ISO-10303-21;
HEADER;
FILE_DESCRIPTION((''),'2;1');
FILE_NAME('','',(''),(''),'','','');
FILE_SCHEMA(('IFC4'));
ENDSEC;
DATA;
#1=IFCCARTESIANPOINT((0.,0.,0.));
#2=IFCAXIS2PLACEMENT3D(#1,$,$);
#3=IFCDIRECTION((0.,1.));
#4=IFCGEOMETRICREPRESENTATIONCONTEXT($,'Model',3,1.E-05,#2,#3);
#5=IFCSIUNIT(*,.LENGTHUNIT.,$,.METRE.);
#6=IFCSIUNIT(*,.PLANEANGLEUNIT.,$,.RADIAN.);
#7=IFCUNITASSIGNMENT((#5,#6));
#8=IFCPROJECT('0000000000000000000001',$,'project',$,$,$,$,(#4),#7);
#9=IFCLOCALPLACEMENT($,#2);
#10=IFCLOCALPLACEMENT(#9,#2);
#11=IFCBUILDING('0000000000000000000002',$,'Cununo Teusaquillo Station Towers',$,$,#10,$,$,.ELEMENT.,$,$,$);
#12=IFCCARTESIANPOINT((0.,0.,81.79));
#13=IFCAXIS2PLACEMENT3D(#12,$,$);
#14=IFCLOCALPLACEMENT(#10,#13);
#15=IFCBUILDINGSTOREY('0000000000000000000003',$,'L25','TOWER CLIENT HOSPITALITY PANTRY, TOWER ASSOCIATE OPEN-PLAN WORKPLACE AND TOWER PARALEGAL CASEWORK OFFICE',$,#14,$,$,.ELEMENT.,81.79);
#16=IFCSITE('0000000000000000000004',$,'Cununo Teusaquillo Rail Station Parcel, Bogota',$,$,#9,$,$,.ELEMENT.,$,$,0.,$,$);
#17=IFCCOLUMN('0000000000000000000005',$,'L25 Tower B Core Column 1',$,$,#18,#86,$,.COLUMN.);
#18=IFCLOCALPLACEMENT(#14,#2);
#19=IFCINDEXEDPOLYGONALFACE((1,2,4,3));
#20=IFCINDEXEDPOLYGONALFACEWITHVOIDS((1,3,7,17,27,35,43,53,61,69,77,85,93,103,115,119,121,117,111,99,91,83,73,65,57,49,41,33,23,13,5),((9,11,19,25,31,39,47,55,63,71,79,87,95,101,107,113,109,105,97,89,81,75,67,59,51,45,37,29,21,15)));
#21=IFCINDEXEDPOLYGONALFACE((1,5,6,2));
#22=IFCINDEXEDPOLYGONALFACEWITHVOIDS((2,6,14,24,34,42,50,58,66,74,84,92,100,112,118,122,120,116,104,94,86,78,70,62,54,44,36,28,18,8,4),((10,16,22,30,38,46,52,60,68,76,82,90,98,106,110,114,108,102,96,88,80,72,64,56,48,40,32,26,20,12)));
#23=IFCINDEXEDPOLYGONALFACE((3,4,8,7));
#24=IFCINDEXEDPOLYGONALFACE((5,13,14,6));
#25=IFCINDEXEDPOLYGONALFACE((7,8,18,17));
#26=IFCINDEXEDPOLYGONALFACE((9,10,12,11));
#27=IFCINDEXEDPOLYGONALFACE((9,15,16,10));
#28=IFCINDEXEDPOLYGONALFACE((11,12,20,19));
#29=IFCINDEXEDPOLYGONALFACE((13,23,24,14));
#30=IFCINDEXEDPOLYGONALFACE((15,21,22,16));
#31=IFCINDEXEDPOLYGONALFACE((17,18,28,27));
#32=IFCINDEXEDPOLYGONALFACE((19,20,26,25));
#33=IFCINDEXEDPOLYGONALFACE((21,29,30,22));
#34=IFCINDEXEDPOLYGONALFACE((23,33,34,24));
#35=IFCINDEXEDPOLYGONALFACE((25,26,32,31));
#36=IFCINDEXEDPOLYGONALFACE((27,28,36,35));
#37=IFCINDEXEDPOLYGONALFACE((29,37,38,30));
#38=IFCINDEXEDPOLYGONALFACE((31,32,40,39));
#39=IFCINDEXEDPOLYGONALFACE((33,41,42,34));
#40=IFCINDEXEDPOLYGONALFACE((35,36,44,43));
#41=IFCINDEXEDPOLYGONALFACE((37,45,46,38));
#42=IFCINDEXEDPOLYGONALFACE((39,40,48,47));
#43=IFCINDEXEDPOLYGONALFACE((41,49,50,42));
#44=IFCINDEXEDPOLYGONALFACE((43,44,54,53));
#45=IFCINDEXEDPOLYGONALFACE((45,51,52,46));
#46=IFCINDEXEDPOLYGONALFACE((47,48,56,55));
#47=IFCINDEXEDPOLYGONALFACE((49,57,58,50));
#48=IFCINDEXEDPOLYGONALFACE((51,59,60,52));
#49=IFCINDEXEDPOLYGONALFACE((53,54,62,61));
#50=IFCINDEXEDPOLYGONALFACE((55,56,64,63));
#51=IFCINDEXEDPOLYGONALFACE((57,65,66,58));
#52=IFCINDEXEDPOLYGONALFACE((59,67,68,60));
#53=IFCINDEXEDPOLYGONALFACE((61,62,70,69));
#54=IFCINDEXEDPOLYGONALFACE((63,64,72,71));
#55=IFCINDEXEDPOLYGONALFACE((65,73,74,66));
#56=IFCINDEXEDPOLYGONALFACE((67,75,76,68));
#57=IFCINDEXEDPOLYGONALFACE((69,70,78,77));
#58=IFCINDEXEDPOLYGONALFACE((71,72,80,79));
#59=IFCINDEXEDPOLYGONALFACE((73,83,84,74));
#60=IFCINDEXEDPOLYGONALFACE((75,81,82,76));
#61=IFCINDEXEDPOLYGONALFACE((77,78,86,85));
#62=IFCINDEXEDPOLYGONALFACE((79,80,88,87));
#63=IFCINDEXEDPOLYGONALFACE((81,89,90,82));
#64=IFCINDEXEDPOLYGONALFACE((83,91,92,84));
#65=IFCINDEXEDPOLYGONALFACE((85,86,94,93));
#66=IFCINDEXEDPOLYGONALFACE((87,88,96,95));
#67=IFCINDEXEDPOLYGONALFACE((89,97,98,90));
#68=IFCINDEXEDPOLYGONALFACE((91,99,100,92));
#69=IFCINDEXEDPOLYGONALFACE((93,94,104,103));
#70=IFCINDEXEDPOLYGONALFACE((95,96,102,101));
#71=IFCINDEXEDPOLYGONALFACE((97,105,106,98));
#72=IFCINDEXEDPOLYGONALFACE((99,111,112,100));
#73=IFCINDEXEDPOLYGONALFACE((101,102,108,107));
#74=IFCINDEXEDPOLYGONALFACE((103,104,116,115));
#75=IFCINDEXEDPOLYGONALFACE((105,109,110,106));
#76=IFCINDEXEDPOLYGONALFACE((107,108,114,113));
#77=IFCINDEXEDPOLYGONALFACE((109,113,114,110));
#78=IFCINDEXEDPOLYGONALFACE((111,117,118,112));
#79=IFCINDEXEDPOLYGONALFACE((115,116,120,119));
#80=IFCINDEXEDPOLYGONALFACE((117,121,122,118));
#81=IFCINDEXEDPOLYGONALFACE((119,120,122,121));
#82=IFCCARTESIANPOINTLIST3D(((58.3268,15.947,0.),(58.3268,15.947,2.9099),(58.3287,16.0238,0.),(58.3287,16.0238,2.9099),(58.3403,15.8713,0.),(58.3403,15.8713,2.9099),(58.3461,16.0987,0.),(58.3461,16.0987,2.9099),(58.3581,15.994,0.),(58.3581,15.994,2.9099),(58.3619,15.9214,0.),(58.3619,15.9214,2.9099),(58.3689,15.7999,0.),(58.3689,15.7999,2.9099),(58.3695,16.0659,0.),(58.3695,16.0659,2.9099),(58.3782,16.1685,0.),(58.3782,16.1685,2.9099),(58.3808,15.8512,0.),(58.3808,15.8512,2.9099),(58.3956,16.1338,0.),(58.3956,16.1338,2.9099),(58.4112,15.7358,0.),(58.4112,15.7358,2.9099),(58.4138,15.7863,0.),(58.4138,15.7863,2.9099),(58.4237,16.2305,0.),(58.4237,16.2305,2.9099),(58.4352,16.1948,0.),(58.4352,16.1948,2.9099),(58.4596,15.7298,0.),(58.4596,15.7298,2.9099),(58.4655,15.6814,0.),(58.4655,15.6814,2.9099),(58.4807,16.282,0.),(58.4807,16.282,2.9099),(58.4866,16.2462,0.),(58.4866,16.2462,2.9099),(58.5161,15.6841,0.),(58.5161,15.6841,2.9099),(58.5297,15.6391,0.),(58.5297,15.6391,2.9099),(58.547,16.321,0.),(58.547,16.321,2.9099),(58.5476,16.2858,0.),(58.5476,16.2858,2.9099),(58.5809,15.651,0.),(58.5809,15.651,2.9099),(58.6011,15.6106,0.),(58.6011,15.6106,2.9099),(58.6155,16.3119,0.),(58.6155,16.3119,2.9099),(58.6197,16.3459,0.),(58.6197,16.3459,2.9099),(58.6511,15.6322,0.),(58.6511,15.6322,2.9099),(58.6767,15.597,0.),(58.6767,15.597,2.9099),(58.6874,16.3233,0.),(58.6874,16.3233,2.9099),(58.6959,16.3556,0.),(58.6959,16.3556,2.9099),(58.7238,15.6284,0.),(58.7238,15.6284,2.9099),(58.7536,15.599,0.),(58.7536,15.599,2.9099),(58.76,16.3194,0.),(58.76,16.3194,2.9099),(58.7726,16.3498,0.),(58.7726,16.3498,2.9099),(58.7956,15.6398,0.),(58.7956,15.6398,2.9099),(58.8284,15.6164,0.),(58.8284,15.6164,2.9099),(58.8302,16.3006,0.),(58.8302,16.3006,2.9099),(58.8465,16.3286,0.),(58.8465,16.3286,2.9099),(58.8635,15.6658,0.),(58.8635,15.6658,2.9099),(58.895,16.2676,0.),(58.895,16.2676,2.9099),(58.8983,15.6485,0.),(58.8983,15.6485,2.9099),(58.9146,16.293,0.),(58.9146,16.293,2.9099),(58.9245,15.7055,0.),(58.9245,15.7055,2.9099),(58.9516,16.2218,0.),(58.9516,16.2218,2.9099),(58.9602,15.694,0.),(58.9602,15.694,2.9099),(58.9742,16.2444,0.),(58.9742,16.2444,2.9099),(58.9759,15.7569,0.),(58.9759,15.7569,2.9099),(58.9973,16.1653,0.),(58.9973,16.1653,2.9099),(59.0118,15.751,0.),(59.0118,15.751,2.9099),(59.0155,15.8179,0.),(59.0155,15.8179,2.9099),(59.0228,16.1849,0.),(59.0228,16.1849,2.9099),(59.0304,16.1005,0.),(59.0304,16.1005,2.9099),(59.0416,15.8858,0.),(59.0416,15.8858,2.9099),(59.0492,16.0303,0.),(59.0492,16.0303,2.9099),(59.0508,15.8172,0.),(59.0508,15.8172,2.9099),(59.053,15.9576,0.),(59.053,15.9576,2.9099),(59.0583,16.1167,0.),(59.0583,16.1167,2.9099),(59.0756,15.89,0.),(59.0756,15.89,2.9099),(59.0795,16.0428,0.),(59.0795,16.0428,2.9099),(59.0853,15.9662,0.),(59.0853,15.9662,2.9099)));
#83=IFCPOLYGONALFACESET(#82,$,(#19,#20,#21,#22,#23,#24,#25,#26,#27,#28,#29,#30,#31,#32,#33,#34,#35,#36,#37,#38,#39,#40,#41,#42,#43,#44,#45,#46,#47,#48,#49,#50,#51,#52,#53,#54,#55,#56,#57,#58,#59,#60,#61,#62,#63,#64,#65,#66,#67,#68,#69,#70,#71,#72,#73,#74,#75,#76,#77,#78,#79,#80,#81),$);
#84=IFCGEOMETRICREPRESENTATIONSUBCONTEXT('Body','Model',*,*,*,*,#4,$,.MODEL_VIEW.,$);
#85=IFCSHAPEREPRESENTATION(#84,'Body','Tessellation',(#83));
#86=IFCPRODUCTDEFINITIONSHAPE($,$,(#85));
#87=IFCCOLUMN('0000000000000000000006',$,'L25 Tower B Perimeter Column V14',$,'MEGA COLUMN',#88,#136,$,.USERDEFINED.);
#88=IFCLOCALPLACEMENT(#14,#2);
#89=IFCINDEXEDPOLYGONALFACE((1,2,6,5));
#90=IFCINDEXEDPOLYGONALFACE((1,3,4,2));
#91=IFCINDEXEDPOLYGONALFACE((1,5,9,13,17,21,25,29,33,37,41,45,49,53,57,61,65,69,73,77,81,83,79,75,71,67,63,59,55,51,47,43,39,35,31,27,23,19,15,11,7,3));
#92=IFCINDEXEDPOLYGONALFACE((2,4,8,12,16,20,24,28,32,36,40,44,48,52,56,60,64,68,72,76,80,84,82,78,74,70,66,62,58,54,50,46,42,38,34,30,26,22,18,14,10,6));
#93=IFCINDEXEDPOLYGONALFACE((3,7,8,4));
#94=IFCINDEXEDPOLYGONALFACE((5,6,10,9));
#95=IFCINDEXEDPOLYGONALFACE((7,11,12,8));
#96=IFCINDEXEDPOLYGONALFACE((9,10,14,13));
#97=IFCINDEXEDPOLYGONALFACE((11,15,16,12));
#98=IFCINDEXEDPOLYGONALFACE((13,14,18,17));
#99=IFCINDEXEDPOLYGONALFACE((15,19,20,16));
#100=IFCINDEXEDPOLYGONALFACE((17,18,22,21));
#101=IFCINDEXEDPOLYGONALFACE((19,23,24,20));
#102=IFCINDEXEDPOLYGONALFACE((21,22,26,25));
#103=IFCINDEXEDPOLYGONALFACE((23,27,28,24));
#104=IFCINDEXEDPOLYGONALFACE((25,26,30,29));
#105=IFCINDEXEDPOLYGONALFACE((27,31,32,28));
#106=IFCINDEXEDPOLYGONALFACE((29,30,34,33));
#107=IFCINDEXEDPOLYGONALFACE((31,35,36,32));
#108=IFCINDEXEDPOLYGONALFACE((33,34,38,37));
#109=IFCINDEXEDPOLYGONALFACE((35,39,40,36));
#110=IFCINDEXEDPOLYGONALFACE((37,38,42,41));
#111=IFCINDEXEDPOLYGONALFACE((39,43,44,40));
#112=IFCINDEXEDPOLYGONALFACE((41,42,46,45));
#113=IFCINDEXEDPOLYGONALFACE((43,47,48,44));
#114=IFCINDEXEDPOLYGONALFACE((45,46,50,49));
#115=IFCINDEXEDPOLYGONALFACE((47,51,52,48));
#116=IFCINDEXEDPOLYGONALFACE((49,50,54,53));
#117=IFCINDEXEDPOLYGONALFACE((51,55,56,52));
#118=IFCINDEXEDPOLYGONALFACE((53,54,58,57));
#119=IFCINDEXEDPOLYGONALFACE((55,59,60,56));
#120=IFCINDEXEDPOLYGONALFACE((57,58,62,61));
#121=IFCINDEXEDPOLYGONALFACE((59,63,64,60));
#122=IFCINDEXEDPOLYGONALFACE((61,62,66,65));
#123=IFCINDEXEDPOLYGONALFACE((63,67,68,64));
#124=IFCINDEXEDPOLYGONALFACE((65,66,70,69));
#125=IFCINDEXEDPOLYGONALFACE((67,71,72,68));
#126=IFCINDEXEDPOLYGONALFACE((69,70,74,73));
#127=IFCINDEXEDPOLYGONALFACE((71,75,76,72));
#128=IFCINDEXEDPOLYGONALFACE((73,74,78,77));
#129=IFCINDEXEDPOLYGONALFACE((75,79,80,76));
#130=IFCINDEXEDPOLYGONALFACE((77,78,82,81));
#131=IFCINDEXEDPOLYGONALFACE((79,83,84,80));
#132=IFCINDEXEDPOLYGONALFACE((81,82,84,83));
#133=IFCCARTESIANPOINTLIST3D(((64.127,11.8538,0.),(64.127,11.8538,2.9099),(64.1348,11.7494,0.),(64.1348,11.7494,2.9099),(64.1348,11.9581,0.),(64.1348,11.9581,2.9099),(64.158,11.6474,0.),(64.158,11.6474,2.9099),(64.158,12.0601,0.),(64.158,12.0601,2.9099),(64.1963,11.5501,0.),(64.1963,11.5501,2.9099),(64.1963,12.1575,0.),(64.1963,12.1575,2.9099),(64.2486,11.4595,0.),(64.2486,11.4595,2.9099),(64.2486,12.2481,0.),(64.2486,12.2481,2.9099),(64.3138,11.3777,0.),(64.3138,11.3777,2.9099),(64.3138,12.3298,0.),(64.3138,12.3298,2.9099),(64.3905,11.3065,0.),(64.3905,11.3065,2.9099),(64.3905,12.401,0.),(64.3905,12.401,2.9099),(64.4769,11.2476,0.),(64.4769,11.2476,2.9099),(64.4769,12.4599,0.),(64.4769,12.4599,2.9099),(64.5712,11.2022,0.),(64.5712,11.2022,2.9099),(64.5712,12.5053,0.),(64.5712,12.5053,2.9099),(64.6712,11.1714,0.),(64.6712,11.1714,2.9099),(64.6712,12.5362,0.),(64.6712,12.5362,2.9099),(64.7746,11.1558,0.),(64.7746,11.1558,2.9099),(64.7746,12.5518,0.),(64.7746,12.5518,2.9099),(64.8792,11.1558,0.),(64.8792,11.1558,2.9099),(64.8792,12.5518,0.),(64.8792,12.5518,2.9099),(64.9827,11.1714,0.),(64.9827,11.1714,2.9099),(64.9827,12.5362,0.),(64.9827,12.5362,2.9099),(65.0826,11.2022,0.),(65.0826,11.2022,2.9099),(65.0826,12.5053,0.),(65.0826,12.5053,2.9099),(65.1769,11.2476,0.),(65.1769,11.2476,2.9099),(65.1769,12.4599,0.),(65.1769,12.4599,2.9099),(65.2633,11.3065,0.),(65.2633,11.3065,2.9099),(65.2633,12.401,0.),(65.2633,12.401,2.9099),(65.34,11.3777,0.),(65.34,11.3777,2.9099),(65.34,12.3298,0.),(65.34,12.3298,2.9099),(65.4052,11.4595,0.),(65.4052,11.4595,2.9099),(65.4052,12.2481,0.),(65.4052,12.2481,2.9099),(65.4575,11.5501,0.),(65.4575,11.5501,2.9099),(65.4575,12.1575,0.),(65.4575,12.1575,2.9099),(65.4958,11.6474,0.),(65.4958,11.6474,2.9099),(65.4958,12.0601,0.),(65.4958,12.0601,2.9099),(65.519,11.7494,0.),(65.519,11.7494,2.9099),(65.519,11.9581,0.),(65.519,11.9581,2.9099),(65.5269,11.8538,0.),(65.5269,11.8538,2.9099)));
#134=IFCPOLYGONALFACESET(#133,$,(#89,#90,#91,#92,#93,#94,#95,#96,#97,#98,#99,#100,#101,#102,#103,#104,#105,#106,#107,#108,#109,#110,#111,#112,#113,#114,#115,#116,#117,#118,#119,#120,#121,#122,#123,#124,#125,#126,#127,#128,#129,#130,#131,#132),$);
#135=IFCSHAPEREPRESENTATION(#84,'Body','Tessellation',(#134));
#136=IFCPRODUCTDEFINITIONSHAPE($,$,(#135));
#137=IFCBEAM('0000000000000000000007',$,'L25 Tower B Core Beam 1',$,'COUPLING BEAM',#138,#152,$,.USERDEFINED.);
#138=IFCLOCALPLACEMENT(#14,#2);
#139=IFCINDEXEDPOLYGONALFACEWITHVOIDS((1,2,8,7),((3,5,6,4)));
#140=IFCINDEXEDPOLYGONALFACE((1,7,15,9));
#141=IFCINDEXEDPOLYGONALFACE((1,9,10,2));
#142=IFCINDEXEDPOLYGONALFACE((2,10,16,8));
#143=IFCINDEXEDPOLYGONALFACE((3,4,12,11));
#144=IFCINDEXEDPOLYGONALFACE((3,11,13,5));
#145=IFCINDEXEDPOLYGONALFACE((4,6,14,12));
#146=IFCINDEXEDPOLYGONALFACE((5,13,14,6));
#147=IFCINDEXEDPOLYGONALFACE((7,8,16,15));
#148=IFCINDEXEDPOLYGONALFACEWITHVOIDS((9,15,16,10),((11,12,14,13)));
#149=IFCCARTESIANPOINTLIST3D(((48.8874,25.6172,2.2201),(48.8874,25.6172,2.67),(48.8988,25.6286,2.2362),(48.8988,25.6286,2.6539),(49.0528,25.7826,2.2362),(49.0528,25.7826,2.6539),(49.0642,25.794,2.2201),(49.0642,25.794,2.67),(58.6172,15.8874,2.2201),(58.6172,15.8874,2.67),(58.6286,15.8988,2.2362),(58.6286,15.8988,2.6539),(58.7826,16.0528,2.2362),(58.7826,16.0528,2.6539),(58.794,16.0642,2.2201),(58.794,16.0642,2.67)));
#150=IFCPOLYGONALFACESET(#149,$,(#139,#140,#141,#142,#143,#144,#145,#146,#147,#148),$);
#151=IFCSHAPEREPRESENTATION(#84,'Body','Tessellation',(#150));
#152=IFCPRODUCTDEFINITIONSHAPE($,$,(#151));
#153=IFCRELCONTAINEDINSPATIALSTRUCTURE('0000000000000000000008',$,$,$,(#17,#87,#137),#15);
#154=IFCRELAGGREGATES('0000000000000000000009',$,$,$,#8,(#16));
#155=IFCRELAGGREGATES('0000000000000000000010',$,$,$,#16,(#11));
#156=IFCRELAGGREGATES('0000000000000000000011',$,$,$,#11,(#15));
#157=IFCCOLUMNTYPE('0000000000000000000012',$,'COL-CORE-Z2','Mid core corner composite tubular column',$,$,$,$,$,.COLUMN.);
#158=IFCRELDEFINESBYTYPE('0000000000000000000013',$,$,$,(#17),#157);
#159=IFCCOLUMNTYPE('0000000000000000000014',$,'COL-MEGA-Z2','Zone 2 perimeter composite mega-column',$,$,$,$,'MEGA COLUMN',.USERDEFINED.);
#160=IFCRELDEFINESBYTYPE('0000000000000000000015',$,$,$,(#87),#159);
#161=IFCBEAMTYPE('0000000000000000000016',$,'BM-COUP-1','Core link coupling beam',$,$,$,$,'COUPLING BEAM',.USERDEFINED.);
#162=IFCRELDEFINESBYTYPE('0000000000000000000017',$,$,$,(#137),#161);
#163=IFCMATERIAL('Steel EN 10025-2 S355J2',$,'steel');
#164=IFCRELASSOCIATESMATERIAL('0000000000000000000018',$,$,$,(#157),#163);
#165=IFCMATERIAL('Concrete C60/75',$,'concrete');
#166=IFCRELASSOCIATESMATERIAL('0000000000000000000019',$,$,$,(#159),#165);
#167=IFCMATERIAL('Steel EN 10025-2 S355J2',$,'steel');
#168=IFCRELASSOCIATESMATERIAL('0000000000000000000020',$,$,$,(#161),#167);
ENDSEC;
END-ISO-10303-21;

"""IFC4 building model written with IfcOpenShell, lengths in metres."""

from ifc_helpers import new_model, si_unit, direction, frame, origin, origin_2d, place, context, subcontext, project, spatial, hollow_rectangle, circle, hollow_circle, extrude, material, material_profile, profile_set, type_object, element, save


model = new_model("IFC4")

# Units and contexts
model_context = context("Model", 3, precision=1e-05, world=origin(), true_north=direction((0.0, 1.0)))
body_context = subcontext(model_context, "Body", "Model", "MODEL_VIEW")
ifc_project = project(units=[si_unit("LENGTHUNIT", "METRE"), si_unit("PLANEANGLEUNIT", "RADIAN")], contexts=[model_context])

# Site, building, storey
site_placement = place(None, origin())
site = spatial("IfcSite", under=ifc_project, at=site_placement, Name="Cununo Teusaquillo Rail Station Parcel, Bogota", CompositionType="ELEMENT", RefElevation=0.0)
building_placement = place(site_placement, origin())
building = spatial("IfcBuilding", under=site, at=building_placement, Name="Cununo Teusaquillo Station Towers", CompositionType="ELEMENT")
storey_placement = place(building_placement, frame((0.0, 0.0, 81.79)))
storey = spatial("IfcBuildingStorey", under=building, at=storey_placement, Name="L25", Description="TOWER CLIENT HOSPITALITY PANTRY, TOWER ASSOCIATE OPEN-PLAN WORKPLACE AND TOWER PARALEGAL CASEWORK OFFICE", CompositionType="ELEMENT", Elevation=81.79)

# Columns
ifc_material_1 = material(Name="Steel EN 10025-2 S355J2", Category="steel")
ifc_material_profile_1 = material_profile(ifc_material_1, hollow_circle(Radius=0.3799, WallThickness=0.032, at=origin_2d()), Name="CHS 760x32")
ifc_profile_set_1 = profile_set([ifc_material_profile_1], Name="Steel EN 10025-2 S355J2")
column_type_1 = type_object("IfcColumnType", Name="COL-CORE-Z2", Description="Mid core corner composite tubular column", PredefinedType="COLUMN", material=ifc_profile_set_1)
column_1_placement = place(storey_placement, frame((58.7056, 15.9758, 0.0), z_axis=(0.0, 0.0, 1.0), x_axis=(0.707107, 0.707107, 0.0)))
element("IfcColumn", 1, at=column_1_placement, inside=storey, type_object=column_type_1, Name="L25 Tower B Core Column 1", PredefinedType="COLUMN", context=body_context, shape_type="SweptSolid", body=[
    extrude(hollow_circle(Radius=0.3799, WallThickness=0.032, at=origin_2d()), origin(), (0.0, 0.0, 1.0), 2.9099),
])
ifc_material_2 = material(Name="Concrete C60/75", Category="concrete")
ifc_material_profile_2 = material_profile(ifc_material_2, circle(Radius=0.7, at=origin_2d()), Name="RC-CIRC-1400")
ifc_profile_set_2 = profile_set([ifc_material_profile_2], Name="Concrete C60/75")
column_type_2 = type_object("IfcColumnType", Name="COL-MEGA-Z2", Description="Zone 2 perimeter composite mega-column", ElementType="MEGA COLUMN", PredefinedType="USERDEFINED", material=ifc_profile_set_2)
column_2_placement = place(storey_placement, frame((64.8269, 11.8538, 0.0), z_axis=(0.0, 0.0, 1.0), x_axis=(1.0, 0.0, 0.0)))
element("IfcColumn", 2, at=column_2_placement, inside=storey, type_object=column_type_2, Name="L25 Tower B Perimeter Column V14", ObjectType="MEGA COLUMN", PredefinedType="USERDEFINED", context=body_context, shape_type="SweptSolid", body=[
    extrude(circle(Radius=0.7, at=origin_2d()), origin(), (0.0, 0.0, 1.0), 2.9099),
])

# Beam
ifc_material_3 = material(Name="Steel EN 10025-2 S355J2", Category="steel")
ifc_material_profile_3 = material_profile(ifc_material_3, hollow_rectangle(XDim=0.25, YDim=0.45, WallThickness=0.0161, at=origin_2d()), Name="RHS 450x250x16")
ifc_profile_set_3 = profile_set([ifc_material_profile_3], Name="Steel EN 10025-2 S355J2")
beam_type_1 = type_object("IfcBeamType", Name="BM-COUP-1", Description="Core link coupling beam", ElementType="COUPLING BEAM", PredefinedType="USERDEFINED", material=ifc_profile_set_3)
beam_1_placement = place(storey_placement, frame((58.7056, 15.9758, 2.4451), z_axis=(-0.707107, 0.707107, 0.0), x_axis=(-0.707107, -0.707107, 0.0)))
element("IfcBeam", 3, at=beam_1_placement, inside=storey, type_object=beam_type_1, Name="L25 Tower B Core Beam 1", ObjectType="COUPLING BEAM", PredefinedType="USERDEFINED", context=body_context, shape_type="SweptSolid", body=[
    extrude(hollow_rectangle(XDim=0.25, YDim=0.45, WallThickness=0.0161, at=origin_2d()), origin(), (0.0, 0.0, 1.0), 13.76),
])

save(model, "model.ifc")
